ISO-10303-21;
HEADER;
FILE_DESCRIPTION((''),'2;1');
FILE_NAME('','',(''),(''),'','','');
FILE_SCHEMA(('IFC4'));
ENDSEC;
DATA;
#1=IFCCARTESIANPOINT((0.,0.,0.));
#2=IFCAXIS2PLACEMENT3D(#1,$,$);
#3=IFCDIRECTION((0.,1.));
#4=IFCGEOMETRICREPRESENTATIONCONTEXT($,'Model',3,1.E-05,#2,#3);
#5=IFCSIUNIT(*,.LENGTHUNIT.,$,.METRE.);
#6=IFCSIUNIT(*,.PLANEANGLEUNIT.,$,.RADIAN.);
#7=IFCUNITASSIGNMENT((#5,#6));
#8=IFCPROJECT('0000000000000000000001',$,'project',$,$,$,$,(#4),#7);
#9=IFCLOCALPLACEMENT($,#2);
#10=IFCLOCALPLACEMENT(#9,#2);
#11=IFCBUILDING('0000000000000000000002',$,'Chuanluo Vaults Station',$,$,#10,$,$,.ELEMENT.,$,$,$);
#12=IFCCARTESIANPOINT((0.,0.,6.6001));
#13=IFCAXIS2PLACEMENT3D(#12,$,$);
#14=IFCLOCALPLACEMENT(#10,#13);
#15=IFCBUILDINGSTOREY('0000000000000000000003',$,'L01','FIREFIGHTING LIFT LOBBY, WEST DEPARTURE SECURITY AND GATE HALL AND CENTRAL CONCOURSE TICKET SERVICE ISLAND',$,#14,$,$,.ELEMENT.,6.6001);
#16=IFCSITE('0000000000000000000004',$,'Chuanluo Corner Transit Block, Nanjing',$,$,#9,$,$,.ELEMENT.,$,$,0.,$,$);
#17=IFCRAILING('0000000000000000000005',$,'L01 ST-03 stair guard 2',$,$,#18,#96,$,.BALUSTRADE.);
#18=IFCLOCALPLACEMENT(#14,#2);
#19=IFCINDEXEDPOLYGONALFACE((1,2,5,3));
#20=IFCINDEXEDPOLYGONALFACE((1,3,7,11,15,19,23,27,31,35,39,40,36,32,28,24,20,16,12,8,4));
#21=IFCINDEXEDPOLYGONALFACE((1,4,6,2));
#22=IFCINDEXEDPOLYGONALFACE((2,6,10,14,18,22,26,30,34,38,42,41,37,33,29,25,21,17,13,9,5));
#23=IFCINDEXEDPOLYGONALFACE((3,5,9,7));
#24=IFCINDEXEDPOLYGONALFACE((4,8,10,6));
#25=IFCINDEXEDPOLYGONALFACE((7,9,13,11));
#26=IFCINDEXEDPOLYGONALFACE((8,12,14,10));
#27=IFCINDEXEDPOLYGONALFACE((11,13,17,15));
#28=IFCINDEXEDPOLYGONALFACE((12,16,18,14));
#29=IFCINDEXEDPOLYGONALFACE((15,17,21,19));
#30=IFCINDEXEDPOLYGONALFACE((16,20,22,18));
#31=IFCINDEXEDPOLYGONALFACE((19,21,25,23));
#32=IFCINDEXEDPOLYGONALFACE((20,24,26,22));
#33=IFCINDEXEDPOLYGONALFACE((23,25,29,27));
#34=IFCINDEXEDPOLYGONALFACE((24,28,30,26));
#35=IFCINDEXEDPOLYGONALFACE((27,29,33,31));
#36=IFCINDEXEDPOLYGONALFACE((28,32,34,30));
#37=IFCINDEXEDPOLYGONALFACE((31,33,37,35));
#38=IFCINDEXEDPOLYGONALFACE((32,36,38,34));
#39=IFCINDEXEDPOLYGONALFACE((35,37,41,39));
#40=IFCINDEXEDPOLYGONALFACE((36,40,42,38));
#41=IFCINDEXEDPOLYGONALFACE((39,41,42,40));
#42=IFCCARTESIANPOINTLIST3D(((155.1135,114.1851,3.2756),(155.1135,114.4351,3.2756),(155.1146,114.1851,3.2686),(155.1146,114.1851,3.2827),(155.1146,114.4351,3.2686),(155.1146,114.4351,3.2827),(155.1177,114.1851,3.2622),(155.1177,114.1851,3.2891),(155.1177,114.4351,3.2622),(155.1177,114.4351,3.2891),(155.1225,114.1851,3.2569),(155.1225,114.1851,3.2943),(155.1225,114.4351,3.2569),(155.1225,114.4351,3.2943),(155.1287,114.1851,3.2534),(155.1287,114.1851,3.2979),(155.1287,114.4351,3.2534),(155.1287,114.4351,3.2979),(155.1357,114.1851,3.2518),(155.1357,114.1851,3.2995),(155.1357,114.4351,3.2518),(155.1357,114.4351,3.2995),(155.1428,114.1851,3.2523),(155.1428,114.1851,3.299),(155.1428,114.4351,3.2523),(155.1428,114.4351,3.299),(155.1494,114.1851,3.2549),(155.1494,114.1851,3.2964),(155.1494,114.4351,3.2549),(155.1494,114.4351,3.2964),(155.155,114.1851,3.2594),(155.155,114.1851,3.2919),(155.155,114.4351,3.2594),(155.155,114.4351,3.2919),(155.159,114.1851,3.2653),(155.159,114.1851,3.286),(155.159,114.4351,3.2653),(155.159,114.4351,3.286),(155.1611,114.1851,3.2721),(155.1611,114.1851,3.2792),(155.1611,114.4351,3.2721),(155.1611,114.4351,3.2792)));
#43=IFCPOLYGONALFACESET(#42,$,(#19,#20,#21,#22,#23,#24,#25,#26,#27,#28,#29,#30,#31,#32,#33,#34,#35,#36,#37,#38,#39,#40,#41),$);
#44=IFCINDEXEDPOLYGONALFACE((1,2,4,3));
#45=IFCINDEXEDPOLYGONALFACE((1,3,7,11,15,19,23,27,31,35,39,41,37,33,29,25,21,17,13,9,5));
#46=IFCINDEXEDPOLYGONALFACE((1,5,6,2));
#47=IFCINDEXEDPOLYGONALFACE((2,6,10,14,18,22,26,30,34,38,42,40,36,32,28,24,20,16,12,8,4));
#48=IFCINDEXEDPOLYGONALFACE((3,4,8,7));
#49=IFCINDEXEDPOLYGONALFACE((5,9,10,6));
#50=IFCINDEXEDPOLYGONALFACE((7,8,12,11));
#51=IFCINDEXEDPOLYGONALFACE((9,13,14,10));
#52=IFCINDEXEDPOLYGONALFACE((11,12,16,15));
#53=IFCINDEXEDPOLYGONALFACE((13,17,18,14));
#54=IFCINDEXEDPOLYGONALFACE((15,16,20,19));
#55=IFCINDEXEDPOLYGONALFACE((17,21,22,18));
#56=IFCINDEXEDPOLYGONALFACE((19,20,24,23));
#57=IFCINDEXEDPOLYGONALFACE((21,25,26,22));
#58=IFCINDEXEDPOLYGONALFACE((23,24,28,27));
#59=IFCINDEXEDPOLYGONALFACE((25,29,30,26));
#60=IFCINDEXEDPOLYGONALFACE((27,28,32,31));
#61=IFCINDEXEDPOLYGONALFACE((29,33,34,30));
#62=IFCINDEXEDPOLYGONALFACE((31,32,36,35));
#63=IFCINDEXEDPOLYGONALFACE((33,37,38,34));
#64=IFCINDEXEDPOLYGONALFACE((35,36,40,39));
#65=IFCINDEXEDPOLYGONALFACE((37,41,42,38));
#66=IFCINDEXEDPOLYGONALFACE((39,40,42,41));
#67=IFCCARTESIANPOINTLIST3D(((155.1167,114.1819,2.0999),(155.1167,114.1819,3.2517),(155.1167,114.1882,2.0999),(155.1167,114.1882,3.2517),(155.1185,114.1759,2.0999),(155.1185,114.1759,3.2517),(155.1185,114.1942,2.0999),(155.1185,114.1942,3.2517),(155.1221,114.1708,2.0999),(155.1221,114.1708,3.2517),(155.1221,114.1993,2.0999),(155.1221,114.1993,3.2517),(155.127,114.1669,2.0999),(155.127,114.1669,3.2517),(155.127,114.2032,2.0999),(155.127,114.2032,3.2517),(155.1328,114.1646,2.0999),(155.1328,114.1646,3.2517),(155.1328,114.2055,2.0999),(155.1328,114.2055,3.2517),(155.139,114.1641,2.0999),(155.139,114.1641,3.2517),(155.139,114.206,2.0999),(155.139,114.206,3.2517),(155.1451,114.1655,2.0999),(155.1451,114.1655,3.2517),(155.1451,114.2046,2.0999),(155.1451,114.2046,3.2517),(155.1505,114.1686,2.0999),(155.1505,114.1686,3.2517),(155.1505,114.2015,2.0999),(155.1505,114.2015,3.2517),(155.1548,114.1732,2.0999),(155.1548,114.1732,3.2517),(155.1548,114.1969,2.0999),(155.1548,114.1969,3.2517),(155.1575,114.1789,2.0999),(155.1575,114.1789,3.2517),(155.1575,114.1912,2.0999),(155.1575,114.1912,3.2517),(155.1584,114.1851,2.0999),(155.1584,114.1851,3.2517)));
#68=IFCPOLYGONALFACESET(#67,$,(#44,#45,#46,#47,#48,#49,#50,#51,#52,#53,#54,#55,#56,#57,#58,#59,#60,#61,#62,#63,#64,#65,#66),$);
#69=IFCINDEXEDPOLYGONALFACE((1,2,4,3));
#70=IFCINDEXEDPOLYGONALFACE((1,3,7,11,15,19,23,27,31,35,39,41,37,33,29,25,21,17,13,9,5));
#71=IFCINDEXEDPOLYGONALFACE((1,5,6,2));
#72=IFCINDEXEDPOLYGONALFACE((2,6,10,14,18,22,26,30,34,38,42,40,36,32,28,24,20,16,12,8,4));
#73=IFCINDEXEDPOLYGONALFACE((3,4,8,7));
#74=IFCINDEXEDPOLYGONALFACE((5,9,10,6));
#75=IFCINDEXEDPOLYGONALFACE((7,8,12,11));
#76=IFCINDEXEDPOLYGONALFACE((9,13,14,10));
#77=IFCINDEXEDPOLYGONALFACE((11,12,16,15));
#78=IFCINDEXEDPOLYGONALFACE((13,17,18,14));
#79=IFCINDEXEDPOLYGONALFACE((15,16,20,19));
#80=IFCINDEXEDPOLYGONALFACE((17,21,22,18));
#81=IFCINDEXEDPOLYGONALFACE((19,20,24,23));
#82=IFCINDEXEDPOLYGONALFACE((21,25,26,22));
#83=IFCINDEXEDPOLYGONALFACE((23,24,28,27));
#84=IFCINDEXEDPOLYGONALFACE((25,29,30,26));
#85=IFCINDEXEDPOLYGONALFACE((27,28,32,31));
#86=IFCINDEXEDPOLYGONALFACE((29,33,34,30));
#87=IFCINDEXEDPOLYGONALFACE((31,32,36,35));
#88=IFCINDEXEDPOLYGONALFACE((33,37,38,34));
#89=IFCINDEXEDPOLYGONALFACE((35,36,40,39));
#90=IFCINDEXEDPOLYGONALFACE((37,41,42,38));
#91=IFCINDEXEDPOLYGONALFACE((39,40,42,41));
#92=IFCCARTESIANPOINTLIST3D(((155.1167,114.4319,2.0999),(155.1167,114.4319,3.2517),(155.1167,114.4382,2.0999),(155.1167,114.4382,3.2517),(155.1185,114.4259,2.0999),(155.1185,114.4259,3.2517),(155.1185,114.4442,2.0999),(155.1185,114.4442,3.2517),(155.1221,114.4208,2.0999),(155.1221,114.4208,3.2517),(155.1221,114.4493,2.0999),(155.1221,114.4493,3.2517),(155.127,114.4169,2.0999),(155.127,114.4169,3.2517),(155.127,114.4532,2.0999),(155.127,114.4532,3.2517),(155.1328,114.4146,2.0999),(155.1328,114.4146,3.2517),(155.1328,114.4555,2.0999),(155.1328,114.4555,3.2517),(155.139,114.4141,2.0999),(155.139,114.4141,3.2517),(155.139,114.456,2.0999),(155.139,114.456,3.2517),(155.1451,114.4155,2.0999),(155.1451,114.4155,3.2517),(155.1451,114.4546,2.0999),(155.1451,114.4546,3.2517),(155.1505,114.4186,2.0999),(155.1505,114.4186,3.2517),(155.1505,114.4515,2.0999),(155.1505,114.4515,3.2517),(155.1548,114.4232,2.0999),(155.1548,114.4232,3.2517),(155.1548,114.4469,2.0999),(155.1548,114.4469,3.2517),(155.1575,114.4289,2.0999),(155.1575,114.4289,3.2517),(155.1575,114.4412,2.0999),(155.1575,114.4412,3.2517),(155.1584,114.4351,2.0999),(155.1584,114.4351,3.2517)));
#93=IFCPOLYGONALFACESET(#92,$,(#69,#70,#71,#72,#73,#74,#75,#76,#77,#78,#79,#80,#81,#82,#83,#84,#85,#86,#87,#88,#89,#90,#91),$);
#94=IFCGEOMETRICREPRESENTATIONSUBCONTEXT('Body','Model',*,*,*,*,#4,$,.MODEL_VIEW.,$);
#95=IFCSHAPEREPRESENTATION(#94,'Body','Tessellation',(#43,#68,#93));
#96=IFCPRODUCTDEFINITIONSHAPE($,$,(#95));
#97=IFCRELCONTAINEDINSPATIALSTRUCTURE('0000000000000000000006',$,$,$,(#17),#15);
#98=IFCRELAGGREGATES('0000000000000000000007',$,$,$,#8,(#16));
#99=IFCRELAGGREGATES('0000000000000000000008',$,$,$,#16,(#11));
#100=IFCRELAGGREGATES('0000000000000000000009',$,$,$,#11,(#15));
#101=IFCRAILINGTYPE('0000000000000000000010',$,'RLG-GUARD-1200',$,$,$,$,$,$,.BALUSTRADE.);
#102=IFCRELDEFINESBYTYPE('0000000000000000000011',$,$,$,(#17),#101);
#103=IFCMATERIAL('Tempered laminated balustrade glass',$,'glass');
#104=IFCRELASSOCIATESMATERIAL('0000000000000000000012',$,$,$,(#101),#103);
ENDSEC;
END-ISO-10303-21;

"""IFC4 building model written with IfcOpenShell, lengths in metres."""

from ifc_helpers import new_model, si_unit, direction, frame, origin, origin_2d, place, context, subcontext, project, spatial, circle, extrude, material, type_object, element, save


model = new_model("IFC4")

# Units and contexts
model_context = context("Model", 3, precision=1e-05, world=origin(), true_north=direction((0.0, 1.0)))
body_context = subcontext(model_context, "Body", "Model", "MODEL_VIEW")
ifc_project = project(units=[si_unit("LENGTHUNIT", "METRE"), si_unit("PLANEANGLEUNIT", "RADIAN")], contexts=[model_context])

# Site, building, storey
site_placement = place(None, origin())
site = spatial("IfcSite", under=ifc_project, at=site_placement, Name="Chuanluo Corner Transit Block, Nanjing", CompositionType="ELEMENT", RefElevation=0.0)
building_placement = place(site_placement, origin())
building = spatial("IfcBuilding", under=site, at=building_placement, Name="Chuanluo Vaults Station", CompositionType="ELEMENT")
storey_placement = place(building_placement, frame((0.0, 0.0, 6.6001)))
storey = spatial("IfcBuildingStorey", under=building, at=storey_placement, Name="L01", Description="FIREFIGHTING LIFT LOBBY, WEST DEPARTURE SECURITY AND GATE HALL AND CENTRAL CONCOURSE TICKET SERVICE ISLAND", CompositionType="ELEMENT", Elevation=6.6001)

# Railing
ifc_material_1 = material(Name="Tempered laminated balustrade glass", Category="glass")
railing_type_1 = type_object("IfcRailingType", Name="RLG-GUARD-1200", PredefinedType="BALUSTRADE", material=ifc_material_1)
railing_1_placement = place(storey_placement, frame((155.1375, 114.1851, 2.0999)))
element("IfcRailing", 1, at=railing_1_placement, inside=storey, type_object=railing_type_1, Name="L01 ST-03 stair guard 2", PredefinedType="BALUSTRADE", context=body_context, shape_type="SweptSolid", body=[
    extrude(circle(Radius=0.0239, at=origin_2d()), frame((0.0, 0.0, 1.1758), z_axis=(0.0, 1.0, 0.0), x_axis=(-1.0, 0.0, 0.0)), (0.0, 0.0, 1.0), 0.25),
    extrude(circle(Radius=0.021, at=origin_2d()), origin(), (0.0, 0.0, 1.0), 1.1519),
    extrude(circle(Radius=0.021, at=origin_2d()), frame((0.0, 0.25, 0.0)), (0.0, 0.0, 1.0), 1.1519),
])

save(model, "model.ifc")
